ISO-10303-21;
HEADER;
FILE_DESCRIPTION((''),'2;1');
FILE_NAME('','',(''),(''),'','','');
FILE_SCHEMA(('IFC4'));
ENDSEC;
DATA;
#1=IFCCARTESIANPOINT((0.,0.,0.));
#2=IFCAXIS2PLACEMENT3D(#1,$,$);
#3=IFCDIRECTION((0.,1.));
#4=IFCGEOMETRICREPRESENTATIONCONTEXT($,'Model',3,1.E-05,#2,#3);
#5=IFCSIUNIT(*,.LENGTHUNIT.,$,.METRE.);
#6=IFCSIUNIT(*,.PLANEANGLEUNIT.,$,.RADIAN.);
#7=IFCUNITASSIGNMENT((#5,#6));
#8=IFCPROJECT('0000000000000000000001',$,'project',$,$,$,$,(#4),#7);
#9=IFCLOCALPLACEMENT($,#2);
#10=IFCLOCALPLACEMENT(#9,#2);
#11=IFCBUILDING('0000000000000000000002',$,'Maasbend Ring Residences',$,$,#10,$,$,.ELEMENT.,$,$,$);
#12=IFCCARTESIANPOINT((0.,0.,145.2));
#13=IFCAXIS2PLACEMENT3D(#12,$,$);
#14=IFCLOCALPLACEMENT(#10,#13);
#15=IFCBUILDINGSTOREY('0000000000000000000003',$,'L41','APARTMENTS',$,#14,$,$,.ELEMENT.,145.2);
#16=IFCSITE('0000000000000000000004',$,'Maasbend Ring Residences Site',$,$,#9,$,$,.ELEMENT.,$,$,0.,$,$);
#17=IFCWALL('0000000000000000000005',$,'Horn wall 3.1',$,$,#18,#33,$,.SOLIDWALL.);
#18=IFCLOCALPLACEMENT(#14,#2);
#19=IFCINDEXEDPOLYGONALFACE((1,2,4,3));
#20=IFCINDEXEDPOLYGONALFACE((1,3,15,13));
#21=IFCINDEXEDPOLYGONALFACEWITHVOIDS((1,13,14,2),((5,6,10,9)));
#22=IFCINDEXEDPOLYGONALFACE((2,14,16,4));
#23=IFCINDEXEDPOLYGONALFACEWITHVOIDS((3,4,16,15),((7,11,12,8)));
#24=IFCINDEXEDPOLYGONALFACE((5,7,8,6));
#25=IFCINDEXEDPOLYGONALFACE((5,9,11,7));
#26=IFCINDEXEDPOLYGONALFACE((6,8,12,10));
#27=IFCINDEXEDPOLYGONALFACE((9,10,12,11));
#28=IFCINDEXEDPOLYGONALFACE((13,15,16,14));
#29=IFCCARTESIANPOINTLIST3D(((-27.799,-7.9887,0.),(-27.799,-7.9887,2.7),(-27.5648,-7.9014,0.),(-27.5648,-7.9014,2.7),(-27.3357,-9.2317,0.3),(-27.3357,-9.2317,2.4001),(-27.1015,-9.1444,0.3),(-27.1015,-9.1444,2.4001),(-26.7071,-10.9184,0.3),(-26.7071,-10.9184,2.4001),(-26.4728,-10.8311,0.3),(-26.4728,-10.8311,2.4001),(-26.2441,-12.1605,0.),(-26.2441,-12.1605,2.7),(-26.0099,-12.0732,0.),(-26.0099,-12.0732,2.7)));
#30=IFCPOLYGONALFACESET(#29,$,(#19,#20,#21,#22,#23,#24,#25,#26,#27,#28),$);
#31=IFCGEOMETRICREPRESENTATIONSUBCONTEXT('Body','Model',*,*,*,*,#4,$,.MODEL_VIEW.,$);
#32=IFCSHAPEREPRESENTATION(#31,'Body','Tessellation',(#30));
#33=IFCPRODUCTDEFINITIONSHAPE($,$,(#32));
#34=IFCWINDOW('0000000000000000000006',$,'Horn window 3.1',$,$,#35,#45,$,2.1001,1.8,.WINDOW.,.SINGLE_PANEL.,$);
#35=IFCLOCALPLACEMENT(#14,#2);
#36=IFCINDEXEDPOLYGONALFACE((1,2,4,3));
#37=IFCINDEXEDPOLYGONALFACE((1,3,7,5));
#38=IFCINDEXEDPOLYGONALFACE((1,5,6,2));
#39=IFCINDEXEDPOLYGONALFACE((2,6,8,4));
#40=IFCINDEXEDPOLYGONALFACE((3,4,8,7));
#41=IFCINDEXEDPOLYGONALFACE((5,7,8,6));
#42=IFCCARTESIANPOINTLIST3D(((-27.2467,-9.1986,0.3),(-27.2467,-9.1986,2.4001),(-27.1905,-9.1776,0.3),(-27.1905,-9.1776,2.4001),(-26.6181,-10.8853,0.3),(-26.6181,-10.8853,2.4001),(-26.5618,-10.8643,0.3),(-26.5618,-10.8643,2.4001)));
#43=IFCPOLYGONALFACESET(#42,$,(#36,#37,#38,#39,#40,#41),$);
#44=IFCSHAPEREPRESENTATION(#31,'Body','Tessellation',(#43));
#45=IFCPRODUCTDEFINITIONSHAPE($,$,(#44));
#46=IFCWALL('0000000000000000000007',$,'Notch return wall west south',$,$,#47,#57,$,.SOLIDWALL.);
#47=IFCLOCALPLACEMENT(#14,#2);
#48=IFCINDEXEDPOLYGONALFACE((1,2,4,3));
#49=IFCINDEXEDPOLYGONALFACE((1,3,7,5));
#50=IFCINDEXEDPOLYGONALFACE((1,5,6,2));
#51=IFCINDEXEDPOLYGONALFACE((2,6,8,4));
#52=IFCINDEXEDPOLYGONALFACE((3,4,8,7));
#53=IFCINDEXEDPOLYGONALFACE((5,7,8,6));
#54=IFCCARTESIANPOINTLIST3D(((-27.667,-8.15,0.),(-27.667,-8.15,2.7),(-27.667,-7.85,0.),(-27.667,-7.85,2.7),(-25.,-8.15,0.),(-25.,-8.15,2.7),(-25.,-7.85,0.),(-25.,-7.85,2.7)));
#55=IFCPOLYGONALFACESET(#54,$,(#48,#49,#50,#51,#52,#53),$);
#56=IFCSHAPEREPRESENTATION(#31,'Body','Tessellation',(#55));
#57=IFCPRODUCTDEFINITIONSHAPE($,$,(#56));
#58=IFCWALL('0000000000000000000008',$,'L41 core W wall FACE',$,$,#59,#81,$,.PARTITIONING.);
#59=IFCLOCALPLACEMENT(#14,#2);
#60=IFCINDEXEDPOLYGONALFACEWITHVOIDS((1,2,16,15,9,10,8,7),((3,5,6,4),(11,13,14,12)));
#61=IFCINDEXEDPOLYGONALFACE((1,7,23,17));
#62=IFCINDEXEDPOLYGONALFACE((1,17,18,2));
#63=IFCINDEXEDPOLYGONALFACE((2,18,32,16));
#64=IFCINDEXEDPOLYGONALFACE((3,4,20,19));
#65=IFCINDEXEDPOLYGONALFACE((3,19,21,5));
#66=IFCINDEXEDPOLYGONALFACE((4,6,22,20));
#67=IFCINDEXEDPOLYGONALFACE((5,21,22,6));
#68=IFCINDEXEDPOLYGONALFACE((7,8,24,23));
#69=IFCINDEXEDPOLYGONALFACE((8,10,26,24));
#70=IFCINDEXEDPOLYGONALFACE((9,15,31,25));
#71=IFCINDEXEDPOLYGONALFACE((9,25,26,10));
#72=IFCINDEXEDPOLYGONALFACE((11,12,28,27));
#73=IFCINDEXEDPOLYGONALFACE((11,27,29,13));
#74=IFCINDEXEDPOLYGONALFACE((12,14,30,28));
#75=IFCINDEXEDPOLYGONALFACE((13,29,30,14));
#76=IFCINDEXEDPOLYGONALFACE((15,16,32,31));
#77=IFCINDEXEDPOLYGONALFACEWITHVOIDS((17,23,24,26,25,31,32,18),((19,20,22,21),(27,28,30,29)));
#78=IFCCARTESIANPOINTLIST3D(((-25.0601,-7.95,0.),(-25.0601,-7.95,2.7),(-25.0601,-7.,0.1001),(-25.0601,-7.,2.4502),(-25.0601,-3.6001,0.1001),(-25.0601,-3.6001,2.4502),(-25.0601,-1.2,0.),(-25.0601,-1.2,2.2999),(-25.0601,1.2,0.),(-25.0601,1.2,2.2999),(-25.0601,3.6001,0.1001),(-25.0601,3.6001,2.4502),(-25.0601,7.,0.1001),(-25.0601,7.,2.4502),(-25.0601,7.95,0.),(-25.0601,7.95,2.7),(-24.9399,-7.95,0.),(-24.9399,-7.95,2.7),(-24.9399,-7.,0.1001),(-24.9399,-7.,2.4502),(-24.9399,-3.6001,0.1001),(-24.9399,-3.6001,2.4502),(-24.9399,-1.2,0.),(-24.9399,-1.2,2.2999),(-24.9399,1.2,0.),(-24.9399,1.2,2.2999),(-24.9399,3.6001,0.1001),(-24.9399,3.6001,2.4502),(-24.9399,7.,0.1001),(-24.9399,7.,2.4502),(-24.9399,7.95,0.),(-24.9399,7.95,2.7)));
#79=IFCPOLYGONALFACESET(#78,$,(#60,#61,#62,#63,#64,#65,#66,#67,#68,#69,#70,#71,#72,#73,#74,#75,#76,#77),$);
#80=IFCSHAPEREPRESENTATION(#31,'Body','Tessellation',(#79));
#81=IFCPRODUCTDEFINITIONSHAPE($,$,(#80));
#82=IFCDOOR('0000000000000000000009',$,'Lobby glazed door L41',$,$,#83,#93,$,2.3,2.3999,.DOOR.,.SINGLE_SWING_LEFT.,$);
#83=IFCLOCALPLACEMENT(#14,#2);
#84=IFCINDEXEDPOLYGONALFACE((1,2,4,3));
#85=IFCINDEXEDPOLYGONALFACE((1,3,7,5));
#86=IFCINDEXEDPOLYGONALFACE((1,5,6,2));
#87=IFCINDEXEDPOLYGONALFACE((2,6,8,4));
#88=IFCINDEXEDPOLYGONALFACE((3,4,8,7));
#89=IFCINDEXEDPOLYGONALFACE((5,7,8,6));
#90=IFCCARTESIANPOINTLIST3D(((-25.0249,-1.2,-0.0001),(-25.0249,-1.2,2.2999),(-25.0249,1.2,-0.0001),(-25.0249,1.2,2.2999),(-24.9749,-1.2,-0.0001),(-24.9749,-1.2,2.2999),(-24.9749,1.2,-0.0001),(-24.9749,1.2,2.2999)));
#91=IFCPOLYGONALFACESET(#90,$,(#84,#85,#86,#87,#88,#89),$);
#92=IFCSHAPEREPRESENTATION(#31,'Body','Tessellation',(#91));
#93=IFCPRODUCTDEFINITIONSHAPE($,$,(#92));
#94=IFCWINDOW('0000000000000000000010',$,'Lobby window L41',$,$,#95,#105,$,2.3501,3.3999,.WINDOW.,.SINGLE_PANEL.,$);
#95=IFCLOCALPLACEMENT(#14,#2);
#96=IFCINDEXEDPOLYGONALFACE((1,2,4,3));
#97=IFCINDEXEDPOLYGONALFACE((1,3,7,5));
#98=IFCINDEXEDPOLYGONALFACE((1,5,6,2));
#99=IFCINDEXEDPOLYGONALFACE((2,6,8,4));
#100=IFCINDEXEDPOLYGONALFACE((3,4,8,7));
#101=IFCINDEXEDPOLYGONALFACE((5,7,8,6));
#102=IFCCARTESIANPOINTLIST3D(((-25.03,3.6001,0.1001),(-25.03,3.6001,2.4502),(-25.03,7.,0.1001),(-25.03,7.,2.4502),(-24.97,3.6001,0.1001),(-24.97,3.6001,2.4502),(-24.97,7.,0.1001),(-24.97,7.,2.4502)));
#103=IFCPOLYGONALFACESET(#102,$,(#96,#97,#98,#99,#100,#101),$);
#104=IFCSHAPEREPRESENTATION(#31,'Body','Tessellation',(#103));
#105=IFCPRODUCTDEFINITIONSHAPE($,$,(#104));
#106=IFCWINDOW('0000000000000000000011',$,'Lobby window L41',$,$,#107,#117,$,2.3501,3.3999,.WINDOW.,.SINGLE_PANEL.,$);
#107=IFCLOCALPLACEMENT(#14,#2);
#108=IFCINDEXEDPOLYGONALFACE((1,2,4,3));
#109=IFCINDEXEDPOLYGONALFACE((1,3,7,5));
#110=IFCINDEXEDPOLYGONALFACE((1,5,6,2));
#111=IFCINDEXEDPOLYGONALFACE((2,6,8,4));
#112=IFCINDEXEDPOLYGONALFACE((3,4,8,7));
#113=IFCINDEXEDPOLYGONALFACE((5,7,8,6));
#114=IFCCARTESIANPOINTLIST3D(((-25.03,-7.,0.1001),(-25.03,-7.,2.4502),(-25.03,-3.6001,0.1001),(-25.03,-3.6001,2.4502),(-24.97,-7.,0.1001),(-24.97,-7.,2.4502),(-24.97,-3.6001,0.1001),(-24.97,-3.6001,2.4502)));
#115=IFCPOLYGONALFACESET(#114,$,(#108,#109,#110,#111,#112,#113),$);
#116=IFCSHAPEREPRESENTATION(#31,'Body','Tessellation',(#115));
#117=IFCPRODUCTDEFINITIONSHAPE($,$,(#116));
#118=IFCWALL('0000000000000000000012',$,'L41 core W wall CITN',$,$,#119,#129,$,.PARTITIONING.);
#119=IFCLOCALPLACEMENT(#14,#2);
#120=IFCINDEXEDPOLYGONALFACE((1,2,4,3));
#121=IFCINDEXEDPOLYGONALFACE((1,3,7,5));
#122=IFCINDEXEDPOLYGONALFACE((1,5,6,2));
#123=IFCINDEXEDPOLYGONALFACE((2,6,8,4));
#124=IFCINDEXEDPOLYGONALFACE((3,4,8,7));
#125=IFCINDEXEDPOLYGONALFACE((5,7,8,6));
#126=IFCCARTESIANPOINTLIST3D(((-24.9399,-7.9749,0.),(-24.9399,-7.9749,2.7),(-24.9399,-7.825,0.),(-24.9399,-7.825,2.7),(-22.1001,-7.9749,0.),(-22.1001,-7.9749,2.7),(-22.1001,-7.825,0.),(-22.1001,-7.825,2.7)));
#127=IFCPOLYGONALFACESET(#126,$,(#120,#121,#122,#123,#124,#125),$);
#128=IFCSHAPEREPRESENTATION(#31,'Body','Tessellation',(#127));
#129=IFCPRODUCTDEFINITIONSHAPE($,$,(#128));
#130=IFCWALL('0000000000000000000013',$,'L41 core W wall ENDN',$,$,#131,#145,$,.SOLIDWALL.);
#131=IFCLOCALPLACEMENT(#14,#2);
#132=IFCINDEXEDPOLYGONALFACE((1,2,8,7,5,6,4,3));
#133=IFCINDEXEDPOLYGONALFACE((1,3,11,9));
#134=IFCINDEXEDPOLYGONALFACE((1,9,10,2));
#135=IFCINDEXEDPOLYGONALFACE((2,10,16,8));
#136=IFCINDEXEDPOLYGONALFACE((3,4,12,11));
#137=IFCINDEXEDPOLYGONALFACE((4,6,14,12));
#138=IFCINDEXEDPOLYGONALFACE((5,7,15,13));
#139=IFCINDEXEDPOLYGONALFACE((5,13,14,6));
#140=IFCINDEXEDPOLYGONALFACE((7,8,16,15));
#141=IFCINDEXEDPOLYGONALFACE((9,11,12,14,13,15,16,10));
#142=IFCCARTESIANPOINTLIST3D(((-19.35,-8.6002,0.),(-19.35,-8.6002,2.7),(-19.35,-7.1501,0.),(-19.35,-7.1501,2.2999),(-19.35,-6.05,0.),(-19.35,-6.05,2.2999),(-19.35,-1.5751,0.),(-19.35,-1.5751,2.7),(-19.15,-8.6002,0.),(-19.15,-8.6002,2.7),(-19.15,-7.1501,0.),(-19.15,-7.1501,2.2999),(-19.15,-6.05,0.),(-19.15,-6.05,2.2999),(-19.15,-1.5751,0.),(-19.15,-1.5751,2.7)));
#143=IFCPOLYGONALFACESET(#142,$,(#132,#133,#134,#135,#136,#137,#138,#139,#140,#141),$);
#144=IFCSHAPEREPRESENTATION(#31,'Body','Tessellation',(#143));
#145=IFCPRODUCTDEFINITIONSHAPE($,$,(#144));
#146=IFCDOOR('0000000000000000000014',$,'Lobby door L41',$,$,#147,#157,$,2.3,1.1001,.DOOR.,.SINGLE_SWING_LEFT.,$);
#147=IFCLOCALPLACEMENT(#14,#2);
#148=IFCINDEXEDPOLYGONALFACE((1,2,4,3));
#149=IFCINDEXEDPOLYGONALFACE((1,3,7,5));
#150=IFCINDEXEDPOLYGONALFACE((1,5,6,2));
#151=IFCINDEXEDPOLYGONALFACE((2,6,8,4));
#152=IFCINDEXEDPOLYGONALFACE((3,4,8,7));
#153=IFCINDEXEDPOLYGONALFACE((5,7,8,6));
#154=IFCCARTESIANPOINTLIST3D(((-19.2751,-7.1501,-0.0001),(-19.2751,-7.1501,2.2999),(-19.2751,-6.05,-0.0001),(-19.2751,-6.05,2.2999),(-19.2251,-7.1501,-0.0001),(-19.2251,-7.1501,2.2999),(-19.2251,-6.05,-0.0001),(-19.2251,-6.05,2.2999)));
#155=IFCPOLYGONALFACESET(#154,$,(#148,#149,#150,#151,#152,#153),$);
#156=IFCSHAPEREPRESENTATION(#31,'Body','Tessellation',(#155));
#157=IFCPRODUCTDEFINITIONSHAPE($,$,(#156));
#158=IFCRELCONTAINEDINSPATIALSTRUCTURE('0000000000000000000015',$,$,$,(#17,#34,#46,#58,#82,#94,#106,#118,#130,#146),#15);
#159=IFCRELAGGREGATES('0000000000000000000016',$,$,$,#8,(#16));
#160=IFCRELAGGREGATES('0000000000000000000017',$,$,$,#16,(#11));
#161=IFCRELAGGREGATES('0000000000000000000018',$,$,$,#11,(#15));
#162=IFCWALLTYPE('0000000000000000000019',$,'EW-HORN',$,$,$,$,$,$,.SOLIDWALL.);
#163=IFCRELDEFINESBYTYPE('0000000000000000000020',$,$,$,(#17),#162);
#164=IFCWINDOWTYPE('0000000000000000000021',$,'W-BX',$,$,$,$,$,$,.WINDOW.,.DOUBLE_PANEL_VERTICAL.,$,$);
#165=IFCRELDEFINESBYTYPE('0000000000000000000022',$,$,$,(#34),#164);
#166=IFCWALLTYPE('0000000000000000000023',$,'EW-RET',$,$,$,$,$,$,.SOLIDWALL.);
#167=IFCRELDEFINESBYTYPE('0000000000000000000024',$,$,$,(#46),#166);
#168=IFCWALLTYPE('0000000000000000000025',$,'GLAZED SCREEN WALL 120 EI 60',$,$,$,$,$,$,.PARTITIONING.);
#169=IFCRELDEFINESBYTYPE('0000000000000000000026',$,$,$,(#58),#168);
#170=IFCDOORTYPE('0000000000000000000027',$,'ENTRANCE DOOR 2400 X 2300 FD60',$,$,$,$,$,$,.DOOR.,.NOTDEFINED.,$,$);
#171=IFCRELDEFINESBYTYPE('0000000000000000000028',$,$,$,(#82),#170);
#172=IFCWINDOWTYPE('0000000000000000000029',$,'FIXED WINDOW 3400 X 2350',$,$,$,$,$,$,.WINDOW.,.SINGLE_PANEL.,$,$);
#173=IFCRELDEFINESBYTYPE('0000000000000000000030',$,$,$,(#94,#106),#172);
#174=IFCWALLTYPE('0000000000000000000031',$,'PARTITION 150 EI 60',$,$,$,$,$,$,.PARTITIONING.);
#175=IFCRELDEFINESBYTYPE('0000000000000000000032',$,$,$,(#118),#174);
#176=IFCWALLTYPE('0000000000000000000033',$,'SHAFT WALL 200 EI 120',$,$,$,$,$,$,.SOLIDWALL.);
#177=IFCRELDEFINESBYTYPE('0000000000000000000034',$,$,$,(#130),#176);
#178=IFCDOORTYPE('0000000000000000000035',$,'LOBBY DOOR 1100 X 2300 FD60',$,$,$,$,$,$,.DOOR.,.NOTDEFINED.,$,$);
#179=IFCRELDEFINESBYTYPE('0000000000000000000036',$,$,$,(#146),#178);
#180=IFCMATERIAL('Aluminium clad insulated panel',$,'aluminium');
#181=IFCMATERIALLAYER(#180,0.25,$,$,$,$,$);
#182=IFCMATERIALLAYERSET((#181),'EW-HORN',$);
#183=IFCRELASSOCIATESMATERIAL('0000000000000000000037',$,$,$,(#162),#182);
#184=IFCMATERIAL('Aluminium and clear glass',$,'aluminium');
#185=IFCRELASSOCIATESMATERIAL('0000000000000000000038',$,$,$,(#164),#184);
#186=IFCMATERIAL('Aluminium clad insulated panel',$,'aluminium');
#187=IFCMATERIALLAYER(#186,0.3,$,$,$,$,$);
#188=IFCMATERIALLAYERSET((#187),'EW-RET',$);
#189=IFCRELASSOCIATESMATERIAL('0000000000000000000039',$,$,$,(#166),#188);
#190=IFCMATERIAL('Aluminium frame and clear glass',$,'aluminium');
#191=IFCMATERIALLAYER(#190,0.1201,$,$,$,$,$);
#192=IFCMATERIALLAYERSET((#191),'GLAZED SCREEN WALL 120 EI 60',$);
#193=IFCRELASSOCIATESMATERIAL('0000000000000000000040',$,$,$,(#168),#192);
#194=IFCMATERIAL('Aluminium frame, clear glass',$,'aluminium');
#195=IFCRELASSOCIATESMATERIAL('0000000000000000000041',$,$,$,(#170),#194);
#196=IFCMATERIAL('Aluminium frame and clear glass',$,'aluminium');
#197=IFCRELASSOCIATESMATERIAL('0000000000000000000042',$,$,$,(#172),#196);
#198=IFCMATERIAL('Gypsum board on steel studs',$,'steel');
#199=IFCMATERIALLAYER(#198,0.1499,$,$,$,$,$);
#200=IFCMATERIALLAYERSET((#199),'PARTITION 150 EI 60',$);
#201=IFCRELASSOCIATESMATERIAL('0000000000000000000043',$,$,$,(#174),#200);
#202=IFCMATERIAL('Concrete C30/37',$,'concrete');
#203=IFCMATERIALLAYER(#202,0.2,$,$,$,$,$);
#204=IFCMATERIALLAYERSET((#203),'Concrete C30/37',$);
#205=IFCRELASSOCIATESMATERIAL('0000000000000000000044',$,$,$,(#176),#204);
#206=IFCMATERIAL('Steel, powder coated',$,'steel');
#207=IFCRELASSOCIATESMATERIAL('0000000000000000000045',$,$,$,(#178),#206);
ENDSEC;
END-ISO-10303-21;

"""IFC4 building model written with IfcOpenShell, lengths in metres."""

from ifc_helpers import new_model, si_unit, direction, frame, frame_2d, origin, place, context, subcontext, project, spatial, rectangle, extrude, material, layer, layer_set, type_object, element, fill, save


model = new_model("IFC4")

# Units and contexts
model_context = context("Model", 3, precision=1e-05, world=origin(), true_north=direction((0.0, 1.0)))
body_context = subcontext(model_context, "Body", "Model", "MODEL_VIEW")
ifc_project = project(units=[si_unit("LENGTHUNIT", "METRE"), si_unit("PLANEANGLEUNIT", "RADIAN")], contexts=[model_context])

# Site, building, storey
site_placement = place(None, origin())
site = spatial("IfcSite", under=ifc_project, at=site_placement, Name="Maasbend Ring Residences Site", CompositionType="ELEMENT", RefElevation=0.0)
building_placement = place(site_placement, origin())
building = spatial("IfcBuilding", under=site, at=building_placement, Name="Maasbend Ring Residences", CompositionType="ELEMENT")
storey_placement = place(building_placement, frame((0.0, 0.0, 145.2)))
storey = spatial("IfcBuildingStorey", under=building, at=storey_placement, Name="L41", Description="APARTMENTS", CompositionType="ELEMENT", Elevation=145.2)

# Wall, opening, window
ifc_material_1 = material(Name="Aluminium clad insulated panel", Category="aluminium")
ifc_layer_1 = layer(ifc_material_1, 0.25)
ifc_layer_set_1 = layer_set([ifc_layer_1], Name="EW-HORN")
wall_type_1 = type_object("IfcWallType", Name="EW-HORN", PredefinedType="SOLIDWALL", material=ifc_layer_set_1)
wall_1_placement = place(storey_placement, frame((-27.6819, -7.9451, 0.0), z_axis=(0.0, 0.0, 1.0), x_axis=(0.349248, -0.93703, 0.0)))
wall_1 = element("IfcWall", 1, at=wall_1_placement, inside=storey, type_object=wall_type_1, Name="Horn wall 3.1", PredefinedType="SOLIDWALL", context=body_context, shape_type="SweptSolid", body=[
    extrude(rectangle(XDim=4.4521, YDim=0.25, at=frame_2d((2.2261, 0.0))), origin(), (0.0, 0.0, 1.0), 2.7),
])
opening_1_placement = place(wall_1_placement, frame((1.3267, 0.0, 0.3)))
opening_1 = element("IfcOpeningElement", 2, at=opening_1_placement, cuts=wall_1, PredefinedType="OPENING", context=body_context, shape_type="SweptSolid", body=[
    extrude(rectangle(XDim=1.8, YDim=2.1001, at=frame_2d((0.8999, 1.05))), frame((0.0, 0.135, 0.0), z_axis=(0.0, -1.0, 0.0), x_axis=(1.0, 0.0, 0.0)), (0.0, 0.0, 1.0), 0.27),
])
ifc_material_2 = material(Name="Aluminium and clear glass", Category="aluminium")
window_type_1 = type_object("IfcWindowType", Name="W-BX", PartitioningType="DOUBLE_PANEL_VERTICAL", PredefinedType="WINDOW", material=ifc_material_2)
window_1_placement = place(opening_1_placement, origin())
window_1 = element("IfcWindow", 3, at=window_1_placement, inside=storey, type_object=window_type_1, Name="Horn window 3.1", OverallHeight=2.1001, OverallWidth=1.8, PartitioningType="SINGLE_PANEL", PredefinedType="WINDOW", context=body_context, shape_type="SweptSolid", body=[
    extrude(rectangle(XDim=1.8, YDim=2.1001, at=frame_2d((0.8999, 1.05))), frame((0.0, 0.03, 0.0), z_axis=(0.0, -1.0, 0.0), x_axis=(1.0, 0.0, 0.0)), (0.0, 0.0, 1.0), 0.0601),
])
fill(opening_1, window_1)

# Wall
ifc_material_3 = material(Name="Aluminium clad insulated panel", Category="aluminium")
ifc_layer_2 = layer(ifc_material_3, 0.3)
ifc_layer_set_2 = layer_set([ifc_layer_2], Name="EW-RET")
wall_type_2 = type_object("IfcWallType", Name="EW-RET", PredefinedType="SOLIDWALL", material=ifc_layer_set_2)
wall_2_placement = place(storey_placement, frame((-25.0, -8.0, 0.0), z_axis=(0.0, 0.0, 1.0), x_axis=(-1.0, 0.0, 0.0)))
element("IfcWall", 4, at=wall_2_placement, inside=storey, type_object=wall_type_2, Name="Notch return wall west south", PredefinedType="SOLIDWALL", context=body_context, shape_type="SweptSolid", body=[
    extrude(rectangle(XDim=2.667, YDim=0.3, at=frame_2d((1.3335, 0.0))), origin(), (0.0, 0.0, 1.0), 2.7),
])

# Wall, openings, door, windows
ifc_material_4 = material(Name="Aluminium frame and clear glass", Category="aluminium")
ifc_layer_3 = layer(ifc_material_4, 0.1201)
ifc_layer_set_3 = layer_set([ifc_layer_3], Name="GLAZED SCREEN WALL 120 EI 60")
wall_type_3 = type_object("IfcWallType", Name="GLAZED SCREEN WALL 120 EI 60", PredefinedType="PARTITIONING", material=ifc_layer_set_3)
wall_3_placement = place(storey_placement, frame((-25.0, -7.95, 0.0), z_axis=(0.0, 0.0, 1.0), x_axis=(0.0, 1.0, 0.0)))
wall_3 = element("IfcWall", 5, at=wall_3_placement, inside=storey, type_object=wall_type_3, Name="L41 core W wall FACE", PredefinedType="PARTITIONING", context=body_context, shape_type="SweptSolid", body=[
    extrude(rectangle(XDim=15.8999, YDim=0.1201, at=frame_2d((7.95, 0.0))), origin(), (0.0, 0.0, 1.0), 2.7),
])
opening_2_placement = place(wall_3_placement, frame((6.75, 0.0, 0.0)))
opening_2 = element("IfcOpeningElement", 6, at=opening_2_placement, cuts=wall_3, PredefinedType="OPENING", context=body_context, shape_type="SweptSolid", body=[
    extrude(rectangle(XDim=2.3999, YDim=2.3, at=frame_2d((1.2, 1.1499))), frame((0.0, 0.0701, 0.0), z_axis=(0.0, -1.0, 0.0), x_axis=(1.0, 0.0, 0.0)), (0.0, 0.0, 1.0), 0.1401),
])
opening_3_placement = place(wall_3_placement, frame((11.55, 0.0, 0.1001)))
opening_3 = element("IfcOpeningElement", 7, at=opening_3_placement, cuts=wall_3, PredefinedType="OPENING", context=body_context, shape_type="SweptSolid", body=[
    extrude(rectangle(XDim=3.3999, YDim=2.3501, at=frame_2d((1.7, 1.175))), frame((0.0, 0.0701, 0.0), z_axis=(0.0, -1.0, 0.0), x_axis=(1.0, 0.0, 0.0)), (0.0, 0.0, 1.0), 0.1401),
])
opening_4_placement = place(wall_3_placement, frame((0.95, 0.0, 0.1001)))
opening_4 = element("IfcOpeningElement", 8, at=opening_4_placement, cuts=wall_3, PredefinedType="OPENING", context=body_context, shape_type="SweptSolid", body=[
    extrude(rectangle(XDim=3.3999, YDim=2.3501, at=frame_2d((1.7, 1.175))), frame((0.0, 0.0701, 0.0), z_axis=(0.0, -1.0, 0.0), x_axis=(1.0, 0.0, 0.0)), (0.0, 0.0, 1.0), 0.1401),
])
ifc_material_5 = material(Name="Aluminium frame, clear glass", Category="aluminium")
door_type_1 = type_object("IfcDoorType", Name="ENTRANCE DOOR 2400 X 2300 FD60", OperationType="NOTDEFINED", PredefinedType="DOOR", material=ifc_material_5)
door_1_placement = place(opening_2_placement, origin())
door_1 = element("IfcDoor", 9, at=door_1_placement, inside=storey, type_object=door_type_1, Name="Lobby glazed door L41", OperationType="SINGLE_SWING_LEFT", OverallHeight=2.3, OverallWidth=2.3999, PredefinedType="DOOR", context=body_context, shape_type="SweptSolid", body=[
    extrude(rectangle(XDim=2.3999, YDim=2.3, at=frame_2d((1.2, 1.1499))), frame((0.0, 0.0249, 0.0), z_axis=(0.0, -1.0, 0.0), x_axis=(1.0, 0.0, 0.0)), (0.0, 0.0, 1.0), 0.05),
])
fill(opening_2, door_1)
ifc_material_6 = material(Name="Aluminium frame and clear glass", Category="aluminium")
window_type_2 = type_object("IfcWindowType", Name="FIXED WINDOW 3400 X 2350", PartitioningType="SINGLE_PANEL", PredefinedType="WINDOW", material=ifc_material_6)
window_2_placement = place(opening_3_placement, origin())
window_2 = element("IfcWindow", 10, at=window_2_placement, inside=storey, type_object=window_type_2, Name="Lobby window L41", OverallHeight=2.3501, OverallWidth=3.3999, PartitioningType="SINGLE_PANEL", PredefinedType="WINDOW", context=body_context, shape_type="SweptSolid", body=[
    extrude(rectangle(XDim=3.3999, YDim=2.3501, at=frame_2d((1.7, 1.175))), frame((0.0, 0.03, 0.0), z_axis=(0.0, -1.0, 0.0), x_axis=(1.0, 0.0, 0.0)), (0.0, 0.0, 1.0), 0.0601),
])
fill(opening_3, window_2)
window_3_placement = place(opening_4_placement, origin())
window_3 = element("IfcWindow", 11, at=window_3_placement, inside=storey, type_object=window_type_2, Name="Lobby window L41", OverallHeight=2.3501, OverallWidth=3.3999, PartitioningType="SINGLE_PANEL", PredefinedType="WINDOW", context=body_context, shape_type="SweptSolid", body=[
    extrude(rectangle(XDim=3.3999, YDim=2.3501, at=frame_2d((1.7, 1.175))), frame((0.0, 0.03, 0.0), z_axis=(0.0, -1.0, 0.0), x_axis=(1.0, 0.0, 0.0)), (0.0, 0.0, 1.0), 0.0601),
])
fill(opening_4, window_3)

# Wall
ifc_material_7 = material(Name="Gypsum board on steel studs", Category="steel")
ifc_layer_4 = layer(ifc_material_7, 0.1499)
ifc_layer_set_4 = layer_set([ifc_layer_4], Name="PARTITION 150 EI 60")
wall_type_4 = type_object("IfcWallType", Name="PARTITION 150 EI 60", PredefinedType="PARTITIONING", material=ifc_layer_set_4)
wall_4_placement = place(storey_placement, frame((-22.1001, -7.8999, 0.0), z_axis=(0.0, 0.0, 1.0), x_axis=(-1.0, 0.0, 0.0)))
element("IfcWall", 12, at=wall_4_placement, inside=storey, type_object=wall_type_4, Name="L41 core W wall CITN", PredefinedType="PARTITIONING", context=body_context, shape_type="SweptSolid", body=[
    extrude(rectangle(XDim=2.8398, YDim=0.1499, at=frame_2d((1.4199, 0.0))), origin(), (0.0, 0.0, 1.0), 2.7),
])

# Wall, opening, door
ifc_material_8 = material(Name="Concrete C30/37", Category="concrete")
ifc_layer_5 = layer(ifc_material_8, 0.2)
ifc_layer_set_5 = layer_set([ifc_layer_5], Name="Concrete C30/37")
wall_type_5 = type_object("IfcWallType", Name="SHAFT WALL 200 EI 120", PredefinedType="SOLIDWALL", material=ifc_layer_set_5)
wall_5_placement = place(storey_placement, frame((-19.25, -1.575, 0.0), z_axis=(0.0, 0.0, 1.0), x_axis=(0.0, -1.0, 0.0)))
wall_5 = element("IfcWall", 13, at=wall_5_placement, inside=storey, type_object=wall_type_5, Name="L41 core W wall ENDN", PredefinedType="SOLIDWALL", context=body_context, shape_type="SweptSolid", body=[
    extrude(rectangle(XDim=7.0251, YDim=0.2, at=frame_2d((3.5127, 0.0))), origin(), (0.0, 0.0, 1.0), 2.7),
])
opening_5_placement = place(wall_5_placement, frame((4.4751, 0.0, 0.0)))
opening_5 = element("IfcOpeningElement", 14, at=opening_5_placement, cuts=wall_5, PredefinedType="OPENING", context=body_context, shape_type="SweptSolid", body=[
    extrude(rectangle(XDim=1.1001, YDim=2.3, at=frame_2d((0.55, 1.1499))), frame((0.0, 0.1099, 0.0), z_axis=(0.0, -1.0, 0.0), x_axis=(1.0, 0.0, 0.0)), (0.0, 0.0, 1.0), 0.22),
])
ifc_material_9 = material(Name="Steel, powder coated", Category="steel")
door_type_2 = type_object("IfcDoorType", Name="LOBBY DOOR 1100 X 2300 FD60", OperationType="NOTDEFINED", PredefinedType="DOOR", material=ifc_material_9)
door_2_placement = place(opening_5_placement, origin())
door_2 = element("IfcDoor", 15, at=door_2_placement, inside=storey, type_object=door_type_2, Name="Lobby door L41", OperationType="SINGLE_SWING_LEFT", OverallHeight=2.3, OverallWidth=1.1001, PredefinedType="DOOR", context=body_context, shape_type="SweptSolid", body=[
    extrude(rectangle(XDim=1.1001, YDim=2.3, at=frame_2d((0.55, 1.1499))), frame((0.0, 0.0249, 0.0), z_axis=(0.0, -1.0, 0.0), x_axis=(1.0, 0.0, 0.0)), (0.0, 0.0, 1.0), 0.05),
])
fill(opening_5, door_2)

save(model, "model.ifc")
